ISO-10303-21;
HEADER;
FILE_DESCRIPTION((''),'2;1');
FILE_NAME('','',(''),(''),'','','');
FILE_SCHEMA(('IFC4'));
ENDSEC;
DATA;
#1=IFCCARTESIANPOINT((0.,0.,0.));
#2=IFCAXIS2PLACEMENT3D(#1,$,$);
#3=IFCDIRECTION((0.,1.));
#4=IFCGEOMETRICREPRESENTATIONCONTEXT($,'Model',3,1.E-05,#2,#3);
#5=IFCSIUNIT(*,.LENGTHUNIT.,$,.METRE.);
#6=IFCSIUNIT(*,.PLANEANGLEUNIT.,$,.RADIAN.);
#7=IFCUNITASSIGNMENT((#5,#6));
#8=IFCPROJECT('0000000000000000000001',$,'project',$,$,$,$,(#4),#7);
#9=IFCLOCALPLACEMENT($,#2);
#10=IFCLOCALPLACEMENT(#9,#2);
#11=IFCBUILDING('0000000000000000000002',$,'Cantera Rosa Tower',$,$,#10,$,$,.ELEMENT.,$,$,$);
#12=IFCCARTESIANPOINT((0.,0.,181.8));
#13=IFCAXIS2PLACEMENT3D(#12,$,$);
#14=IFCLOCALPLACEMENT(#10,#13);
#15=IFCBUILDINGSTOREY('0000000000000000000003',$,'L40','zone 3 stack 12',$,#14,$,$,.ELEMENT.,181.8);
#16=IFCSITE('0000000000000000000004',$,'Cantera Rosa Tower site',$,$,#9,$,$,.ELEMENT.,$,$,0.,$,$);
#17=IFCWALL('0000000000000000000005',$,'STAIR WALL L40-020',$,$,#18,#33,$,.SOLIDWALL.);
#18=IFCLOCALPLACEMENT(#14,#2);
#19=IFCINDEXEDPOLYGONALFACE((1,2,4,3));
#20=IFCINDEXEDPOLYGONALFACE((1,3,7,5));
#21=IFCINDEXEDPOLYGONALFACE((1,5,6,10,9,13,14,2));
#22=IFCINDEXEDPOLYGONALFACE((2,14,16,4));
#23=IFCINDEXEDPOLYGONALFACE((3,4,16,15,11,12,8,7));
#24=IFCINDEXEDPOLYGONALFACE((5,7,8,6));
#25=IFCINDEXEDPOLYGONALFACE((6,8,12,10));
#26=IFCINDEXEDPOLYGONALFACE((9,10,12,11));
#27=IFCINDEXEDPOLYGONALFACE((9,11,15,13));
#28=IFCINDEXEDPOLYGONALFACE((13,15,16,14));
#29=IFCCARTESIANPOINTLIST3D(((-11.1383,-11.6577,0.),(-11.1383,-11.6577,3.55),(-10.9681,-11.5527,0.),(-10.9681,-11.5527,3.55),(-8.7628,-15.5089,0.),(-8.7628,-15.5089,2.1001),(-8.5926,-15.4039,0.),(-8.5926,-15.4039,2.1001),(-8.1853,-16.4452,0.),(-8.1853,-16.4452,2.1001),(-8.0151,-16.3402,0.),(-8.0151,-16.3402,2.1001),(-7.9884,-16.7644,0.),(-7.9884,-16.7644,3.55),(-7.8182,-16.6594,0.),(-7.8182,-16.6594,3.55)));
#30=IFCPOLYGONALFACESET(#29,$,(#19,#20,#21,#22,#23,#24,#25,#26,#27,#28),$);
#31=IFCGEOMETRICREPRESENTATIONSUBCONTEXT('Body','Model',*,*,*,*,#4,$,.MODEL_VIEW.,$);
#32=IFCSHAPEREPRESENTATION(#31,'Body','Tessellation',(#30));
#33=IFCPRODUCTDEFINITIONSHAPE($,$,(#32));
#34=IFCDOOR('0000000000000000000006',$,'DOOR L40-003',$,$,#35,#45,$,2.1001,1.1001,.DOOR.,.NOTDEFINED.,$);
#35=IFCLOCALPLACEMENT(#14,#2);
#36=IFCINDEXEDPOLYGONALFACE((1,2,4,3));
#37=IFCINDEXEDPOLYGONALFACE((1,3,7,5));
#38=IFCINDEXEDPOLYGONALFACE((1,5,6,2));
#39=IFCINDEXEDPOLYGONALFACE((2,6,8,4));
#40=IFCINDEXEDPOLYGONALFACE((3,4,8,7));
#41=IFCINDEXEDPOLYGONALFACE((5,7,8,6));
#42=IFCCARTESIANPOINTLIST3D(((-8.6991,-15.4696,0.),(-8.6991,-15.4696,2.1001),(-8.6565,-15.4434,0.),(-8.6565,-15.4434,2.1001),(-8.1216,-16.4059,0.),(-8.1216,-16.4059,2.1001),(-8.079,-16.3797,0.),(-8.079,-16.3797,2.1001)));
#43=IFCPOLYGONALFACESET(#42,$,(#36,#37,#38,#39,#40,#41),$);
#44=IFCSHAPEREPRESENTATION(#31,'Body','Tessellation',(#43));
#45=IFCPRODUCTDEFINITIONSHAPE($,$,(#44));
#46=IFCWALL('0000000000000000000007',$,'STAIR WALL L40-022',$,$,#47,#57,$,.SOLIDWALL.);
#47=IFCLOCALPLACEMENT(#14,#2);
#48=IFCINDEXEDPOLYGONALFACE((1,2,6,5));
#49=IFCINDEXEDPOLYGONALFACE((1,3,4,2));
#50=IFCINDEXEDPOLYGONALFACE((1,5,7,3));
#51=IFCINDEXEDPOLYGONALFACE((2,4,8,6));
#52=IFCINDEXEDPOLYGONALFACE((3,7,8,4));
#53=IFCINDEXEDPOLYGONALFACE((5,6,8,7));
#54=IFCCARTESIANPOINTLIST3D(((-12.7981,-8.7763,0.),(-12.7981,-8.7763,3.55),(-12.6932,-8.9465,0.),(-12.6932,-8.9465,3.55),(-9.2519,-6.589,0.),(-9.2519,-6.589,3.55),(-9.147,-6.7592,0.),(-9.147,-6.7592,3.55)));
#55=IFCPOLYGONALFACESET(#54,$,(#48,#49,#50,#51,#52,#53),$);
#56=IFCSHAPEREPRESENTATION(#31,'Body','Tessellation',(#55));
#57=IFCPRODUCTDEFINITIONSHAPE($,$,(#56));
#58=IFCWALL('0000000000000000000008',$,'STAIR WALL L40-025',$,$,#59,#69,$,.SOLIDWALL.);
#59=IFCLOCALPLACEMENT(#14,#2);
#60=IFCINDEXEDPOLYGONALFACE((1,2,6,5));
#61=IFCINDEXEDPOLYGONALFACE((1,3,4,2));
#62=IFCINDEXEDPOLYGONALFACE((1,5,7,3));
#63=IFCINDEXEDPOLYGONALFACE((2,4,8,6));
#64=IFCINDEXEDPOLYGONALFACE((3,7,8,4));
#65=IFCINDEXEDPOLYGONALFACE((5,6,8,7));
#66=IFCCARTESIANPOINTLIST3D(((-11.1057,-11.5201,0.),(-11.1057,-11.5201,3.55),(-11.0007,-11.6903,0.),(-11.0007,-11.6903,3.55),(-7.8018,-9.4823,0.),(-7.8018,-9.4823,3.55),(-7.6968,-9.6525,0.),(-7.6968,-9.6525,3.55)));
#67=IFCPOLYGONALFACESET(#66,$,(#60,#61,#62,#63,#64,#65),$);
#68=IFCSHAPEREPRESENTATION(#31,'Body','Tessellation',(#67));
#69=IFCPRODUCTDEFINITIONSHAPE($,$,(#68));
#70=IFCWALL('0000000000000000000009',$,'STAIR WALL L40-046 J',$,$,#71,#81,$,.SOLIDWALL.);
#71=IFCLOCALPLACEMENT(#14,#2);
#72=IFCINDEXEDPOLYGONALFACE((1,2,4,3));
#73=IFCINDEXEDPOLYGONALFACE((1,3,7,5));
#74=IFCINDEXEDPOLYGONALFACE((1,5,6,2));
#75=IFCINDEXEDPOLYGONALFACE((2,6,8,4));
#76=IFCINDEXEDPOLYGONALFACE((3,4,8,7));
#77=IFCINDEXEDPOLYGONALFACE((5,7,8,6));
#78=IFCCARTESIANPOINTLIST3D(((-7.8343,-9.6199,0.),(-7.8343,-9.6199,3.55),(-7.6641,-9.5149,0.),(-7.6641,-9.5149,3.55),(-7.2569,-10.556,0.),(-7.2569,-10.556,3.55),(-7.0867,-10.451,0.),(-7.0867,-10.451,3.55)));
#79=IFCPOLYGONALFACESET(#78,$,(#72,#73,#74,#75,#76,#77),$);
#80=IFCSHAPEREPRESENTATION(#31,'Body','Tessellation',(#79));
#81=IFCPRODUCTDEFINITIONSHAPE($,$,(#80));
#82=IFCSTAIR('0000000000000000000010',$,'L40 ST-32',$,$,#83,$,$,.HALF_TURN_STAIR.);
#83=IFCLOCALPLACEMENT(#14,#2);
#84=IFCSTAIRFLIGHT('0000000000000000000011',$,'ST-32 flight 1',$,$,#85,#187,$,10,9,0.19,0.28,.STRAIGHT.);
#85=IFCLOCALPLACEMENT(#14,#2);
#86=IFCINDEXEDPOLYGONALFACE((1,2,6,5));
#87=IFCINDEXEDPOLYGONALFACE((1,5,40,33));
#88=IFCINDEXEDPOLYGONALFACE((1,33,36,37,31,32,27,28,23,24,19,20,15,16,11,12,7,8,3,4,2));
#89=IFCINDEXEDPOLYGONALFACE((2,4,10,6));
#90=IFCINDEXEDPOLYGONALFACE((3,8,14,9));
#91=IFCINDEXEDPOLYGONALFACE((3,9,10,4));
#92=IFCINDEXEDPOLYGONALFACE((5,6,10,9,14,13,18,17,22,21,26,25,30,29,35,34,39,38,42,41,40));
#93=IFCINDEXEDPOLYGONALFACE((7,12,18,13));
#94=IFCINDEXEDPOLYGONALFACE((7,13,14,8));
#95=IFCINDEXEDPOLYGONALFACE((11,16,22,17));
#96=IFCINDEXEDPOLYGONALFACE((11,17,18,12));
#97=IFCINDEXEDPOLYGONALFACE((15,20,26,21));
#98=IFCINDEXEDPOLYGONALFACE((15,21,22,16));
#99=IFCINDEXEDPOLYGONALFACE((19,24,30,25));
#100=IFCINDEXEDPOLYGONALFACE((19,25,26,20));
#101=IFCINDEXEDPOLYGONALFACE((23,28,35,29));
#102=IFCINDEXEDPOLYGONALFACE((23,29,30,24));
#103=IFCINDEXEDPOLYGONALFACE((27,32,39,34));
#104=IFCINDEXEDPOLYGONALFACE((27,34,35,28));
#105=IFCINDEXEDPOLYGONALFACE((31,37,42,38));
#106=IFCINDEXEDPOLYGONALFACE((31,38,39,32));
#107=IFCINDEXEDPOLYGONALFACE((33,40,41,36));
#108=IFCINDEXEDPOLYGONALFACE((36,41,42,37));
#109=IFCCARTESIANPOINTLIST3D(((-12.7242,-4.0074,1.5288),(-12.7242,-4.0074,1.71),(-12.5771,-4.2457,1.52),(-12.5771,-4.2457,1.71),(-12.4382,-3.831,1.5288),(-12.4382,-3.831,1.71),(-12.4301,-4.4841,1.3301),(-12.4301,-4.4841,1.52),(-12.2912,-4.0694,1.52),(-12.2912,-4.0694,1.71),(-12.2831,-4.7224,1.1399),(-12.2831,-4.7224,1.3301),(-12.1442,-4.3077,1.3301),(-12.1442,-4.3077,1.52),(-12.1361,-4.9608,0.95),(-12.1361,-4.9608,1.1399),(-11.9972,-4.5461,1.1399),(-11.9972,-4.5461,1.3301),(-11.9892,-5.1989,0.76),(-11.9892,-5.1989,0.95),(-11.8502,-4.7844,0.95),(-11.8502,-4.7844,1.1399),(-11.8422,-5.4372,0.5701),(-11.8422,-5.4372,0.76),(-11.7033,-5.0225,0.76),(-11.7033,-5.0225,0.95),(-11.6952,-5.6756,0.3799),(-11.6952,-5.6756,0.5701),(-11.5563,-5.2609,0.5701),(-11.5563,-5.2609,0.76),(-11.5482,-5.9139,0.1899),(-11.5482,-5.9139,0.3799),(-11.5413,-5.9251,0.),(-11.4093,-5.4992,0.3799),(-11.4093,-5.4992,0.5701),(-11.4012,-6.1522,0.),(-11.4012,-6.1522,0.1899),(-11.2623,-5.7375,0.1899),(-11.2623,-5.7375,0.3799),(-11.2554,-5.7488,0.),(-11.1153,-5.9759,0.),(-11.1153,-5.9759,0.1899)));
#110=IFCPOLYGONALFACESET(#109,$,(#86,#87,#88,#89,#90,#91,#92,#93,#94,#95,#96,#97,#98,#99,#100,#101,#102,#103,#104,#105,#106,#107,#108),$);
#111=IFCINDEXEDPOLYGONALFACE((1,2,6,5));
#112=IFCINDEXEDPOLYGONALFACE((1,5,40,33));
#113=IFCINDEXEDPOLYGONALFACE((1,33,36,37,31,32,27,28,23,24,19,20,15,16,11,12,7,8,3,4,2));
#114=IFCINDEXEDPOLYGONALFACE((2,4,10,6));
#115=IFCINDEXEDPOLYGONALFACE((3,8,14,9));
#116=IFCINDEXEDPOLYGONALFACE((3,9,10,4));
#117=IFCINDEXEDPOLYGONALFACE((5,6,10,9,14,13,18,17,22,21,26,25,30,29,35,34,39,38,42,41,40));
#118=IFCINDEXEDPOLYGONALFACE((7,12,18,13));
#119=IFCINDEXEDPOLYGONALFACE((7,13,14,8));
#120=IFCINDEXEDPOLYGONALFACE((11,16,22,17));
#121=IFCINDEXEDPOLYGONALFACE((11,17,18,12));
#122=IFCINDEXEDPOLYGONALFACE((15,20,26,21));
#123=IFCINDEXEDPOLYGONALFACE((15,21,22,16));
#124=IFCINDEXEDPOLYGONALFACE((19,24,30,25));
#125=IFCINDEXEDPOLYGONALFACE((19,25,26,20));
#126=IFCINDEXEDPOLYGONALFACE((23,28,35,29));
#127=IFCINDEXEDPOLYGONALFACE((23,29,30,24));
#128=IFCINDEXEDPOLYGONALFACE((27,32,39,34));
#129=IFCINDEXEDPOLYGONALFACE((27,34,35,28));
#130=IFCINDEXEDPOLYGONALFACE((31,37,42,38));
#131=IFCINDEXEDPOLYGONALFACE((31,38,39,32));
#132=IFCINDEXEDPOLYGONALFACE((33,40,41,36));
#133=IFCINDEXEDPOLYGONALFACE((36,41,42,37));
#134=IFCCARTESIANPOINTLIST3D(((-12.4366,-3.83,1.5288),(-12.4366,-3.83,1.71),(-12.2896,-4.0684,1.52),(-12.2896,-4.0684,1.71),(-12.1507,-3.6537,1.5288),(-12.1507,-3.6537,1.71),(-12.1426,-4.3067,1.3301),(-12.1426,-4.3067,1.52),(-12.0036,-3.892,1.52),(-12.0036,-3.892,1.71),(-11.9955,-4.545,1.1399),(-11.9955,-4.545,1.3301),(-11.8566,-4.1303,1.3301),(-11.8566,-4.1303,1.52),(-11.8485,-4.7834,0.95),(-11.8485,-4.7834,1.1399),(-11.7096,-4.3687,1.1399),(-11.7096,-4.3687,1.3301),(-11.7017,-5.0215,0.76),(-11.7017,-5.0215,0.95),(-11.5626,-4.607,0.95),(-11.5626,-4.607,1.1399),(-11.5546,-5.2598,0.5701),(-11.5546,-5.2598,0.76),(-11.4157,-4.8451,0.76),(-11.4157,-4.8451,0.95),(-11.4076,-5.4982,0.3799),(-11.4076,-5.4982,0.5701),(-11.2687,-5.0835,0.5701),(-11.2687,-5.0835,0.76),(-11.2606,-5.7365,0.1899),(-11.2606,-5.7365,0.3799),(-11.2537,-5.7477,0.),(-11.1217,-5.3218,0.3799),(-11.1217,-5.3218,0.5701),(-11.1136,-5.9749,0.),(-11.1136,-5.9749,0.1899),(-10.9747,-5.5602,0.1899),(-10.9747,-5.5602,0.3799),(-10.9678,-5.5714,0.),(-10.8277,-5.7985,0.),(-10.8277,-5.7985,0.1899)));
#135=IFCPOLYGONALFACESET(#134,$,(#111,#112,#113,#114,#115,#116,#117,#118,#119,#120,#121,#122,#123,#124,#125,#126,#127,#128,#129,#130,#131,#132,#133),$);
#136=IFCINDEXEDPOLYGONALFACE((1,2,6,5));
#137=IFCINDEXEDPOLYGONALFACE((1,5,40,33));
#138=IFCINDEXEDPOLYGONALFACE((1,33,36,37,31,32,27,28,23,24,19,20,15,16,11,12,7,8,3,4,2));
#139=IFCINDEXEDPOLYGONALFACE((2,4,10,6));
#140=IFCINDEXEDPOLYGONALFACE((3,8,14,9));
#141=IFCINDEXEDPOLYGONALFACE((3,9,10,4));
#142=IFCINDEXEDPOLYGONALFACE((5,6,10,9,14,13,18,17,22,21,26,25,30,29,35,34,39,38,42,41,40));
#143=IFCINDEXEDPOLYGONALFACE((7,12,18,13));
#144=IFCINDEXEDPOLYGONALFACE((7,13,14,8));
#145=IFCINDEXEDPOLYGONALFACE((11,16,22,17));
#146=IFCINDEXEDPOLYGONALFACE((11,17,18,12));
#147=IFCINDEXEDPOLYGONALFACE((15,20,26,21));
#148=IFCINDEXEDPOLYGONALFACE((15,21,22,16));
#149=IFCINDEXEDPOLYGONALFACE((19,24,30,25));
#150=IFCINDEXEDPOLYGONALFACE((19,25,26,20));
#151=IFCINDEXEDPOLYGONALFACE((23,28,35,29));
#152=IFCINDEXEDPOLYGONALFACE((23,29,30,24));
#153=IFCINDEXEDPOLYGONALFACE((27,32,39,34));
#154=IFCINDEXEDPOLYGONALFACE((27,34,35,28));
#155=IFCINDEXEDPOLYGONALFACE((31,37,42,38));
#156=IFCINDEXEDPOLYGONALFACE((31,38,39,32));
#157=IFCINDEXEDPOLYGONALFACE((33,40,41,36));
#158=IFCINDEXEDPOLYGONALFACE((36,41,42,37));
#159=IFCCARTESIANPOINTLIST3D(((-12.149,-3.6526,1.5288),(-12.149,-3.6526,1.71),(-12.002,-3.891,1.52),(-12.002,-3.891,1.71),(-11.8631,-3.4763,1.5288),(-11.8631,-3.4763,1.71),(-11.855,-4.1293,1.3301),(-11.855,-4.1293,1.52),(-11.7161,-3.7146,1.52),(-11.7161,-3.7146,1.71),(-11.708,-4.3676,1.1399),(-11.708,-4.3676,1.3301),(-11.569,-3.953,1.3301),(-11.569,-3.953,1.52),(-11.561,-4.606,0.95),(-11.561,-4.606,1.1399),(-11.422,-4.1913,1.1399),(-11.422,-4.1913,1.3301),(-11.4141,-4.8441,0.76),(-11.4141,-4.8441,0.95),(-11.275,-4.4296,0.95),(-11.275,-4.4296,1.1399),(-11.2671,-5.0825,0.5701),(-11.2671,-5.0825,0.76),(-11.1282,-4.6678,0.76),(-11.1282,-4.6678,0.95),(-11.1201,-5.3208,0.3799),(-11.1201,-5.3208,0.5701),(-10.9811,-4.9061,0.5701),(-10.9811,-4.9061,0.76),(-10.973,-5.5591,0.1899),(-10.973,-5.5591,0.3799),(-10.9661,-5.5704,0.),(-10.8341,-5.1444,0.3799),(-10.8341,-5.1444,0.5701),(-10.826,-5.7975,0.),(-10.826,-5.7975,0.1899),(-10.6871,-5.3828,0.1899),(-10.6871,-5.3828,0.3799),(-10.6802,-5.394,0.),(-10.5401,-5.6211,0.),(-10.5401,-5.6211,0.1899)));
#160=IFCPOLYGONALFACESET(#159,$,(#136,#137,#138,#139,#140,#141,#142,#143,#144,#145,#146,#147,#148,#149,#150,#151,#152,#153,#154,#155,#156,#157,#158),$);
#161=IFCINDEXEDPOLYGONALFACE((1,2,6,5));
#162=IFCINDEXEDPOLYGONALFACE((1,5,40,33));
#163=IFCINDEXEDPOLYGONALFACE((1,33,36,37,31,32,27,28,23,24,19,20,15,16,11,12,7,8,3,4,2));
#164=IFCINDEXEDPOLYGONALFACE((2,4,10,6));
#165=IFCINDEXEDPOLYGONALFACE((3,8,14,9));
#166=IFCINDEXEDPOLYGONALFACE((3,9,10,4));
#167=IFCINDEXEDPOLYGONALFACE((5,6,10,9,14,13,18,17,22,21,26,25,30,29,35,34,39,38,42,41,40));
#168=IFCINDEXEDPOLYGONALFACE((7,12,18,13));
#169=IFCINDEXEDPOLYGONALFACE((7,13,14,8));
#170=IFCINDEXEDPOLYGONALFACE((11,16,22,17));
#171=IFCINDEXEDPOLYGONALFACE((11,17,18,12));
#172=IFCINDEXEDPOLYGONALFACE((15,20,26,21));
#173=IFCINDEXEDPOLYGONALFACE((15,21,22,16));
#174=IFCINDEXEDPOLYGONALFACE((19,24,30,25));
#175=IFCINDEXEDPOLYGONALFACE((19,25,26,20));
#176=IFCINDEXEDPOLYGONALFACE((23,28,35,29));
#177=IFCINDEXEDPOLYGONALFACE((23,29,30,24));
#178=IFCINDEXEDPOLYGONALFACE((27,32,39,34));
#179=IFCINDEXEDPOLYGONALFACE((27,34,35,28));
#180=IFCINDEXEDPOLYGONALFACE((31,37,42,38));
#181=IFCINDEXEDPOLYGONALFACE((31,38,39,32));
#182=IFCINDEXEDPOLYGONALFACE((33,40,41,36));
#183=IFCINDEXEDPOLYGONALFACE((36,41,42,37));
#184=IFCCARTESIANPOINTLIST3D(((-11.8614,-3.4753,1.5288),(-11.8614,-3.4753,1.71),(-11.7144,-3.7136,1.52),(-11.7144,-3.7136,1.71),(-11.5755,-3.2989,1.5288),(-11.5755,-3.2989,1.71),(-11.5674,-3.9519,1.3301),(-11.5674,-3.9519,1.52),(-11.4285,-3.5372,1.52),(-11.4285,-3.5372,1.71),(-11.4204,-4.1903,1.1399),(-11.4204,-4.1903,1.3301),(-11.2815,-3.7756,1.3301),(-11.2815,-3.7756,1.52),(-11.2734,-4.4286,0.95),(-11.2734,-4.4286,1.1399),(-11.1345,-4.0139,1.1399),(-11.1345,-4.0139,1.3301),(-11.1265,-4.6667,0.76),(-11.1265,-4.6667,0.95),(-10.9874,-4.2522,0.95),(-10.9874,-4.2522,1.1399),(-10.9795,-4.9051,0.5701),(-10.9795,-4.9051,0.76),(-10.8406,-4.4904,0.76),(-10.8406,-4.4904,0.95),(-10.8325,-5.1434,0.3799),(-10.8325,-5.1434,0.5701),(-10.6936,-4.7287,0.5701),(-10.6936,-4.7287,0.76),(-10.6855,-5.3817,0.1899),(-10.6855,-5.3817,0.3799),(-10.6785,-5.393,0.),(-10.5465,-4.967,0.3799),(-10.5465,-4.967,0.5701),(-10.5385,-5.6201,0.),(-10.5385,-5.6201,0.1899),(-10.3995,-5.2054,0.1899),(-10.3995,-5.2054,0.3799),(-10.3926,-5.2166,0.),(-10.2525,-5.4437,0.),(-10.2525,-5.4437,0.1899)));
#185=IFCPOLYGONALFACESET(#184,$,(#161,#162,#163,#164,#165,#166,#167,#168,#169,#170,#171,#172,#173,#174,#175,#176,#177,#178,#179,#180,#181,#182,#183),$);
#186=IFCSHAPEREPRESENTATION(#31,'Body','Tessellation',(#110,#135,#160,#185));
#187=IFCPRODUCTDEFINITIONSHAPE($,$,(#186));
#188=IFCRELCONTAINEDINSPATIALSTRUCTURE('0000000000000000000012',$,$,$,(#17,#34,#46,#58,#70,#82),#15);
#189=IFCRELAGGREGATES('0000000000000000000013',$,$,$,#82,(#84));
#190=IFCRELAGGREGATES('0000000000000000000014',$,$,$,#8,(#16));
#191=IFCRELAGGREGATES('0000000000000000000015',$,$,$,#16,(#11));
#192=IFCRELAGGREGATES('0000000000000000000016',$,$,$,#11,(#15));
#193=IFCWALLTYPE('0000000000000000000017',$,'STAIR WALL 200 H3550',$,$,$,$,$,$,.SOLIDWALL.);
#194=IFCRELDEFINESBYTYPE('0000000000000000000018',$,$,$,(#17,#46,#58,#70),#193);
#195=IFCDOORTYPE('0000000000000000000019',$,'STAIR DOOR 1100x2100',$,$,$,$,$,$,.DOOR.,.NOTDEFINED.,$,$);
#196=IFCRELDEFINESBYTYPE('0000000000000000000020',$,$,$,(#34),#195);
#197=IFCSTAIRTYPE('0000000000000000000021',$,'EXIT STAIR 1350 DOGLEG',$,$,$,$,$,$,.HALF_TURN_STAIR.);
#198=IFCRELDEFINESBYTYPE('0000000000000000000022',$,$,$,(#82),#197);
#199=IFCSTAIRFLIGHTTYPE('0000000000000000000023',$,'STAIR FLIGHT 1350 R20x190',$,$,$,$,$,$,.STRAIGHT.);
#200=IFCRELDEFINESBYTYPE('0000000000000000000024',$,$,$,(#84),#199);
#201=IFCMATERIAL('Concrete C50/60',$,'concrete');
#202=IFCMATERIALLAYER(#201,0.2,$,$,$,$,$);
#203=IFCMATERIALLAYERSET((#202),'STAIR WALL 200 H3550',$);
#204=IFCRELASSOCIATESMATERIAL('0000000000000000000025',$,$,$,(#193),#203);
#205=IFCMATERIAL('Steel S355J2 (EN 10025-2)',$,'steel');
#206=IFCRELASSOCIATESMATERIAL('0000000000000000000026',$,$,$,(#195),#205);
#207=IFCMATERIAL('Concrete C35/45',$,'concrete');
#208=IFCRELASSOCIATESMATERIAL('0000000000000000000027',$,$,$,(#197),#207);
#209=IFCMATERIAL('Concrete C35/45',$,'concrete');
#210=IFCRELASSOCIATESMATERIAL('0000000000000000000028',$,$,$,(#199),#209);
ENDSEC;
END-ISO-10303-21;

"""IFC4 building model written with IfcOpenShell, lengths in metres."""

from ifc_helpers import new_model, si_unit, direction, frame, frame_2d, origin, place, context, subcontext, project, spatial, polyline, rectangle, outline, extrude, material, layer, layer_set, type_object, element, fill, aggregate, save


model = new_model("IFC4")

# Units and contexts
model_context = context("Model", 3, precision=1e-05, world=origin(), true_north=direction((0.0, 1.0)))
body_context = subcontext(model_context, "Body", "Model", "MODEL_VIEW")
ifc_project = project(units=[si_unit("LENGTHUNIT", "METRE"), si_unit("PLANEANGLEUNIT", "RADIAN")], contexts=[model_context])

# Site, building, storey
site_placement = place(None, origin())
site = spatial("IfcSite", under=ifc_project, at=site_placement, Name="Cantera Rosa Tower site", CompositionType="ELEMENT", RefElevation=0.0)
building_placement = place(site_placement, origin())
building = spatial("IfcBuilding", under=site, at=building_placement, Name="Cantera Rosa Tower", CompositionType="ELEMENT")
storey_placement = place(building_placement, frame((0.0, 0.0, 181.8)))
storey = spatial("IfcBuildingStorey", under=building, at=storey_placement, Name="L40", Description="zone 3 stack 12", CompositionType="ELEMENT", Elevation=181.8)

# Wall, opening, door
ifc_material_1 = material(Name="Concrete C50/60", Category="concrete")
ifc_layer_1 = layer(ifc_material_1, 0.2)
ifc_layer_set_1 = layer_set([ifc_layer_1], Name="STAIR WALL 200 H3550")
wall_type_1 = type_object("IfcWallType", Name="STAIR WALL 200 H3550", PredefinedType="SOLIDWALL", material=ifc_layer_set_1)
wall_1_placement = place(storey_placement, frame((-11.0532, -11.6052, 0.0), z_axis=(0.0, 0.0, 1.0), x_axis=(0.524983, -0.851113, 0.0)))
wall_1 = element("IfcWall", 1, at=wall_1_placement, inside=storey, type_object=wall_type_1, Name="STAIR WALL L40-020", PredefinedType="SOLIDWALL", context=body_context, shape_type="SweptSolid", body=[
    extrude(rectangle(XDim=6.0, YDim=0.2, at=frame_2d((3.0, 0.0))), origin(), (0.0, 0.0, 1.0), 3.55),
])
opening_placement = place(wall_1_placement, frame((4.5249, 0.0, 0.0)))
opening = element("IfcOpeningElement", 2, at=opening_placement, cuts=wall_1, PredefinedType="OPENING", context=body_context, shape_type="SweptSolid", body=[
    extrude(rectangle(XDim=1.1001, YDim=2.1001, at=frame_2d((0.55, 1.05))), frame((0.0, 0.1099, 0.0), z_axis=(0.0, -1.0, 0.0), x_axis=(1.0, 0.0, 0.0)), (0.0, 0.0, 1.0), 0.22),
])
ifc_material_2 = material(Name="Steel S355J2 (EN 10025-2)", Category="steel")
door_type = type_object("IfcDoorType", Name="STAIR DOOR 1100x2100", OperationType="NOTDEFINED", PredefinedType="DOOR", material=ifc_material_2)
door_placement = place(opening_placement, origin())
door = element("IfcDoor", 3, at=door_placement, inside=storey, type_object=door_type, Name="DOOR L40-003", OperationType="NOTDEFINED", OverallHeight=2.1001, OverallWidth=1.1001, PredefinedType="DOOR", context=body_context, shape_type="SweptSolid", body=[
    extrude(rectangle(XDim=1.1001, YDim=2.1001, at=frame_2d((0.55, 1.05))), frame((0.0, 0.0249, 0.0), z_axis=(0.0, -1.0, 0.0), x_axis=(1.0, 0.0, 0.0)), (0.0, 0.0, 1.0), 0.05),
])
fill(opening, door)

# Walls
wall_2_placement = place(storey_placement, frame((-9.1995, -6.6741, 0.0), z_axis=(0.0, 0.0, 1.0), x_axis=(-0.851121, -0.52497, 0.0)))
element("IfcWall", 4, at=wall_2_placement, inside=storey, type_object=wall_type_1, Name="STAIR WALL L40-022", PredefinedType="SOLIDWALL", context=body_context, shape_type="SweptSolid", body=[
    extrude(rectangle(XDim=4.1665, YDim=0.2, at=frame_2d((2.0833, 0.0))), origin(), (0.0, 0.0, 1.0), 3.55),
])
wall_3_placement = place(storey_placement, frame((-7.7493, -9.5674, 0.0), z_axis=(0.0, 0.0, 1.0), x_axis=(-0.851125, -0.524964, 0.0)))
element("IfcWall", 5, at=wall_3_placement, inside=storey, type_object=wall_type_1, Name="STAIR WALL L40-025", PredefinedType="SOLIDWALL", context=body_context, shape_type="SweptSolid", body=[
    extrude(rectangle(XDim=3.8818, YDim=0.2, at=frame_2d((1.9409, 0.0))), origin(), (0.0, 0.0, 1.0), 3.55),
])
wall_4_placement = place(storey_placement, frame((-7.1719, -10.5034, 0.0), z_axis=(0.0, 0.0, 1.0), x_axis=(-0.525001, 0.851101, 0.0)))
element("IfcWall", 6, at=wall_4_placement, inside=storey, type_object=wall_type_1, Name="STAIR WALL L40-046 J", PredefinedType="SOLIDWALL", context=body_context, shape_type="SweptSolid", body=[
    extrude(rectangle(XDim=1.0999, YDim=0.2, at=frame_2d((0.5498, 0.0))), origin(), (0.0, 0.0, 1.0), 3.55),
])

# Stair, stair flight
ifc_material_3 = material(Name="Concrete C35/45", Category="concrete")
stair_type = type_object("IfcStairType", Name="EXIT STAIR 1350 DOGLEG", PredefinedType="HALF_TURN_STAIR", material=ifc_material_3)
stair_1_placement = place(storey_placement, origin())
stair_1 = element("IfcStair", 7, at=stair_1_placement, inside=storey, type_object=stair_type, Name="L40 ST-32", PredefinedType="HALF_TURN_STAIR")
ifc_material_4 = material(Name="Concrete C35/45", Category="concrete")
stair_flight_type = type_object("IfcStairFlightType", Name="STAIR FLIGHT 1350 R20x190", PredefinedType="STRAIGHT", material=ifc_material_4)
stair_flight_1_placement = place(storey_placement, frame((-10.8267, -5.7979, 0.0), z_axis=(0.0, 0.0, 1.0), x_axis=(-0.524977, 0.851117, 0.0)))
stair_flight_1 = element("IfcStairFlight", 8, at=stair_flight_1_placement, type_object=stair_flight_type, Name="ST-32 flight 1", NumberOfRisers=10, NumberOfTreads=9, PredefinedType="STRAIGHT", RiserHeight=0.19, TreadLength=0.28, context=body_context, shape_type="SweptSolid", body=[
    extrude(outline(polyline([(0.0, 0.0), (0.0, 0.1899), (0.28, 0.1899), (0.28, 0.3799), (0.5601, 0.3799), (0.5601, 0.5701), (0.8401, 0.5701), (0.8401, 0.76), (1.1201, 0.76), (1.1201, 0.95), (1.3999, 0.95), (1.3999, 1.1399), (1.6799, 1.1399), (1.6799, 1.3301), (1.96, 1.3301), (1.96, 1.52), (2.24, 1.52), (2.24, 1.71), (2.52, 1.71), (2.52, 1.8999), (2.52, 1.5288), (0.2668, 0.0), (0.0, 0.0)])), frame((0.0, 0.675, 0.0), z_axis=(0.0, -1.0, 0.0), x_axis=(1.0, 0.0, 0.0)), (0.0, 0.0, 1.0), 0.3359),
    extrude(outline(polyline([(0.0, 0.0), (0.0, 0.1899), (0.28, 0.1899), (0.28, 0.3799), (0.5601, 0.3799), (0.5601, 0.5701), (0.8401, 0.5701), (0.8401, 0.76), (1.1201, 0.76), (1.1201, 0.95), (1.3999, 0.95), (1.3999, 1.1399), (1.6799, 1.1399), (1.6799, 1.3301), (1.96, 1.3301), (1.96, 1.52), (2.24, 1.52), (2.24, 1.71), (2.52, 1.71), (2.52, 1.8999), (2.52, 1.5288), (0.2668, 0.0), (0.0, 0.0)])), frame((0.0, 0.3372, 0.0), z_axis=(0.0, -1.0, 0.0), x_axis=(1.0, 0.0, 0.0)), (0.0, 0.0, 1.0), 0.3359),
    extrude(outline(polyline([(0.0, 0.0), (0.0, 0.1899), (0.28, 0.1899), (0.28, 0.3799), (0.5601, 0.3799), (0.5601, 0.5701), (0.8401, 0.5701), (0.8401, 0.76), (1.1201, 0.76), (1.1201, 0.95), (1.3999, 0.95), (1.3999, 1.1399), (1.6799, 1.1399), (1.6799, 1.3301), (1.96, 1.3301), (1.96, 1.52), (2.24, 1.52), (2.24, 1.71), (2.52, 1.71), (2.52, 1.8999), (2.52, 1.5288), (0.2668, 0.0), (0.0, 0.0)])), frame((0.0, -0.0007, 0.0), z_axis=(0.0, -1.0, 0.0), x_axis=(1.0, 0.0, 0.0)), (0.0, 0.0, 1.0), 0.3359),
    extrude(outline(polyline([(0.0, 0.0), (0.0, 0.1899), (0.28, 0.1899), (0.28, 0.3799), (0.5601, 0.3799), (0.5601, 0.5701), (0.8401, 0.5701), (0.8401, 0.76), (1.1201, 0.76), (1.1201, 0.95), (1.3999, 0.95), (1.3999, 1.1399), (1.6799, 1.1399), (1.6799, 1.3301), (1.96, 1.3301), (1.96, 1.52), (2.24, 1.52), (2.24, 1.71), (2.52, 1.71), (2.52, 1.8999), (2.52, 1.5288), (0.2668, 0.0), (0.0, 0.0)])), frame((0.0, -0.3386, 0.0), z_axis=(0.0, -1.0, 0.0), x_axis=(1.0, 0.0, 0.0)), (0.0, 0.0, 1.0), 0.3359),
])
aggregate(stair_1, [stair_flight_1])

save(model, "model.ifc")
